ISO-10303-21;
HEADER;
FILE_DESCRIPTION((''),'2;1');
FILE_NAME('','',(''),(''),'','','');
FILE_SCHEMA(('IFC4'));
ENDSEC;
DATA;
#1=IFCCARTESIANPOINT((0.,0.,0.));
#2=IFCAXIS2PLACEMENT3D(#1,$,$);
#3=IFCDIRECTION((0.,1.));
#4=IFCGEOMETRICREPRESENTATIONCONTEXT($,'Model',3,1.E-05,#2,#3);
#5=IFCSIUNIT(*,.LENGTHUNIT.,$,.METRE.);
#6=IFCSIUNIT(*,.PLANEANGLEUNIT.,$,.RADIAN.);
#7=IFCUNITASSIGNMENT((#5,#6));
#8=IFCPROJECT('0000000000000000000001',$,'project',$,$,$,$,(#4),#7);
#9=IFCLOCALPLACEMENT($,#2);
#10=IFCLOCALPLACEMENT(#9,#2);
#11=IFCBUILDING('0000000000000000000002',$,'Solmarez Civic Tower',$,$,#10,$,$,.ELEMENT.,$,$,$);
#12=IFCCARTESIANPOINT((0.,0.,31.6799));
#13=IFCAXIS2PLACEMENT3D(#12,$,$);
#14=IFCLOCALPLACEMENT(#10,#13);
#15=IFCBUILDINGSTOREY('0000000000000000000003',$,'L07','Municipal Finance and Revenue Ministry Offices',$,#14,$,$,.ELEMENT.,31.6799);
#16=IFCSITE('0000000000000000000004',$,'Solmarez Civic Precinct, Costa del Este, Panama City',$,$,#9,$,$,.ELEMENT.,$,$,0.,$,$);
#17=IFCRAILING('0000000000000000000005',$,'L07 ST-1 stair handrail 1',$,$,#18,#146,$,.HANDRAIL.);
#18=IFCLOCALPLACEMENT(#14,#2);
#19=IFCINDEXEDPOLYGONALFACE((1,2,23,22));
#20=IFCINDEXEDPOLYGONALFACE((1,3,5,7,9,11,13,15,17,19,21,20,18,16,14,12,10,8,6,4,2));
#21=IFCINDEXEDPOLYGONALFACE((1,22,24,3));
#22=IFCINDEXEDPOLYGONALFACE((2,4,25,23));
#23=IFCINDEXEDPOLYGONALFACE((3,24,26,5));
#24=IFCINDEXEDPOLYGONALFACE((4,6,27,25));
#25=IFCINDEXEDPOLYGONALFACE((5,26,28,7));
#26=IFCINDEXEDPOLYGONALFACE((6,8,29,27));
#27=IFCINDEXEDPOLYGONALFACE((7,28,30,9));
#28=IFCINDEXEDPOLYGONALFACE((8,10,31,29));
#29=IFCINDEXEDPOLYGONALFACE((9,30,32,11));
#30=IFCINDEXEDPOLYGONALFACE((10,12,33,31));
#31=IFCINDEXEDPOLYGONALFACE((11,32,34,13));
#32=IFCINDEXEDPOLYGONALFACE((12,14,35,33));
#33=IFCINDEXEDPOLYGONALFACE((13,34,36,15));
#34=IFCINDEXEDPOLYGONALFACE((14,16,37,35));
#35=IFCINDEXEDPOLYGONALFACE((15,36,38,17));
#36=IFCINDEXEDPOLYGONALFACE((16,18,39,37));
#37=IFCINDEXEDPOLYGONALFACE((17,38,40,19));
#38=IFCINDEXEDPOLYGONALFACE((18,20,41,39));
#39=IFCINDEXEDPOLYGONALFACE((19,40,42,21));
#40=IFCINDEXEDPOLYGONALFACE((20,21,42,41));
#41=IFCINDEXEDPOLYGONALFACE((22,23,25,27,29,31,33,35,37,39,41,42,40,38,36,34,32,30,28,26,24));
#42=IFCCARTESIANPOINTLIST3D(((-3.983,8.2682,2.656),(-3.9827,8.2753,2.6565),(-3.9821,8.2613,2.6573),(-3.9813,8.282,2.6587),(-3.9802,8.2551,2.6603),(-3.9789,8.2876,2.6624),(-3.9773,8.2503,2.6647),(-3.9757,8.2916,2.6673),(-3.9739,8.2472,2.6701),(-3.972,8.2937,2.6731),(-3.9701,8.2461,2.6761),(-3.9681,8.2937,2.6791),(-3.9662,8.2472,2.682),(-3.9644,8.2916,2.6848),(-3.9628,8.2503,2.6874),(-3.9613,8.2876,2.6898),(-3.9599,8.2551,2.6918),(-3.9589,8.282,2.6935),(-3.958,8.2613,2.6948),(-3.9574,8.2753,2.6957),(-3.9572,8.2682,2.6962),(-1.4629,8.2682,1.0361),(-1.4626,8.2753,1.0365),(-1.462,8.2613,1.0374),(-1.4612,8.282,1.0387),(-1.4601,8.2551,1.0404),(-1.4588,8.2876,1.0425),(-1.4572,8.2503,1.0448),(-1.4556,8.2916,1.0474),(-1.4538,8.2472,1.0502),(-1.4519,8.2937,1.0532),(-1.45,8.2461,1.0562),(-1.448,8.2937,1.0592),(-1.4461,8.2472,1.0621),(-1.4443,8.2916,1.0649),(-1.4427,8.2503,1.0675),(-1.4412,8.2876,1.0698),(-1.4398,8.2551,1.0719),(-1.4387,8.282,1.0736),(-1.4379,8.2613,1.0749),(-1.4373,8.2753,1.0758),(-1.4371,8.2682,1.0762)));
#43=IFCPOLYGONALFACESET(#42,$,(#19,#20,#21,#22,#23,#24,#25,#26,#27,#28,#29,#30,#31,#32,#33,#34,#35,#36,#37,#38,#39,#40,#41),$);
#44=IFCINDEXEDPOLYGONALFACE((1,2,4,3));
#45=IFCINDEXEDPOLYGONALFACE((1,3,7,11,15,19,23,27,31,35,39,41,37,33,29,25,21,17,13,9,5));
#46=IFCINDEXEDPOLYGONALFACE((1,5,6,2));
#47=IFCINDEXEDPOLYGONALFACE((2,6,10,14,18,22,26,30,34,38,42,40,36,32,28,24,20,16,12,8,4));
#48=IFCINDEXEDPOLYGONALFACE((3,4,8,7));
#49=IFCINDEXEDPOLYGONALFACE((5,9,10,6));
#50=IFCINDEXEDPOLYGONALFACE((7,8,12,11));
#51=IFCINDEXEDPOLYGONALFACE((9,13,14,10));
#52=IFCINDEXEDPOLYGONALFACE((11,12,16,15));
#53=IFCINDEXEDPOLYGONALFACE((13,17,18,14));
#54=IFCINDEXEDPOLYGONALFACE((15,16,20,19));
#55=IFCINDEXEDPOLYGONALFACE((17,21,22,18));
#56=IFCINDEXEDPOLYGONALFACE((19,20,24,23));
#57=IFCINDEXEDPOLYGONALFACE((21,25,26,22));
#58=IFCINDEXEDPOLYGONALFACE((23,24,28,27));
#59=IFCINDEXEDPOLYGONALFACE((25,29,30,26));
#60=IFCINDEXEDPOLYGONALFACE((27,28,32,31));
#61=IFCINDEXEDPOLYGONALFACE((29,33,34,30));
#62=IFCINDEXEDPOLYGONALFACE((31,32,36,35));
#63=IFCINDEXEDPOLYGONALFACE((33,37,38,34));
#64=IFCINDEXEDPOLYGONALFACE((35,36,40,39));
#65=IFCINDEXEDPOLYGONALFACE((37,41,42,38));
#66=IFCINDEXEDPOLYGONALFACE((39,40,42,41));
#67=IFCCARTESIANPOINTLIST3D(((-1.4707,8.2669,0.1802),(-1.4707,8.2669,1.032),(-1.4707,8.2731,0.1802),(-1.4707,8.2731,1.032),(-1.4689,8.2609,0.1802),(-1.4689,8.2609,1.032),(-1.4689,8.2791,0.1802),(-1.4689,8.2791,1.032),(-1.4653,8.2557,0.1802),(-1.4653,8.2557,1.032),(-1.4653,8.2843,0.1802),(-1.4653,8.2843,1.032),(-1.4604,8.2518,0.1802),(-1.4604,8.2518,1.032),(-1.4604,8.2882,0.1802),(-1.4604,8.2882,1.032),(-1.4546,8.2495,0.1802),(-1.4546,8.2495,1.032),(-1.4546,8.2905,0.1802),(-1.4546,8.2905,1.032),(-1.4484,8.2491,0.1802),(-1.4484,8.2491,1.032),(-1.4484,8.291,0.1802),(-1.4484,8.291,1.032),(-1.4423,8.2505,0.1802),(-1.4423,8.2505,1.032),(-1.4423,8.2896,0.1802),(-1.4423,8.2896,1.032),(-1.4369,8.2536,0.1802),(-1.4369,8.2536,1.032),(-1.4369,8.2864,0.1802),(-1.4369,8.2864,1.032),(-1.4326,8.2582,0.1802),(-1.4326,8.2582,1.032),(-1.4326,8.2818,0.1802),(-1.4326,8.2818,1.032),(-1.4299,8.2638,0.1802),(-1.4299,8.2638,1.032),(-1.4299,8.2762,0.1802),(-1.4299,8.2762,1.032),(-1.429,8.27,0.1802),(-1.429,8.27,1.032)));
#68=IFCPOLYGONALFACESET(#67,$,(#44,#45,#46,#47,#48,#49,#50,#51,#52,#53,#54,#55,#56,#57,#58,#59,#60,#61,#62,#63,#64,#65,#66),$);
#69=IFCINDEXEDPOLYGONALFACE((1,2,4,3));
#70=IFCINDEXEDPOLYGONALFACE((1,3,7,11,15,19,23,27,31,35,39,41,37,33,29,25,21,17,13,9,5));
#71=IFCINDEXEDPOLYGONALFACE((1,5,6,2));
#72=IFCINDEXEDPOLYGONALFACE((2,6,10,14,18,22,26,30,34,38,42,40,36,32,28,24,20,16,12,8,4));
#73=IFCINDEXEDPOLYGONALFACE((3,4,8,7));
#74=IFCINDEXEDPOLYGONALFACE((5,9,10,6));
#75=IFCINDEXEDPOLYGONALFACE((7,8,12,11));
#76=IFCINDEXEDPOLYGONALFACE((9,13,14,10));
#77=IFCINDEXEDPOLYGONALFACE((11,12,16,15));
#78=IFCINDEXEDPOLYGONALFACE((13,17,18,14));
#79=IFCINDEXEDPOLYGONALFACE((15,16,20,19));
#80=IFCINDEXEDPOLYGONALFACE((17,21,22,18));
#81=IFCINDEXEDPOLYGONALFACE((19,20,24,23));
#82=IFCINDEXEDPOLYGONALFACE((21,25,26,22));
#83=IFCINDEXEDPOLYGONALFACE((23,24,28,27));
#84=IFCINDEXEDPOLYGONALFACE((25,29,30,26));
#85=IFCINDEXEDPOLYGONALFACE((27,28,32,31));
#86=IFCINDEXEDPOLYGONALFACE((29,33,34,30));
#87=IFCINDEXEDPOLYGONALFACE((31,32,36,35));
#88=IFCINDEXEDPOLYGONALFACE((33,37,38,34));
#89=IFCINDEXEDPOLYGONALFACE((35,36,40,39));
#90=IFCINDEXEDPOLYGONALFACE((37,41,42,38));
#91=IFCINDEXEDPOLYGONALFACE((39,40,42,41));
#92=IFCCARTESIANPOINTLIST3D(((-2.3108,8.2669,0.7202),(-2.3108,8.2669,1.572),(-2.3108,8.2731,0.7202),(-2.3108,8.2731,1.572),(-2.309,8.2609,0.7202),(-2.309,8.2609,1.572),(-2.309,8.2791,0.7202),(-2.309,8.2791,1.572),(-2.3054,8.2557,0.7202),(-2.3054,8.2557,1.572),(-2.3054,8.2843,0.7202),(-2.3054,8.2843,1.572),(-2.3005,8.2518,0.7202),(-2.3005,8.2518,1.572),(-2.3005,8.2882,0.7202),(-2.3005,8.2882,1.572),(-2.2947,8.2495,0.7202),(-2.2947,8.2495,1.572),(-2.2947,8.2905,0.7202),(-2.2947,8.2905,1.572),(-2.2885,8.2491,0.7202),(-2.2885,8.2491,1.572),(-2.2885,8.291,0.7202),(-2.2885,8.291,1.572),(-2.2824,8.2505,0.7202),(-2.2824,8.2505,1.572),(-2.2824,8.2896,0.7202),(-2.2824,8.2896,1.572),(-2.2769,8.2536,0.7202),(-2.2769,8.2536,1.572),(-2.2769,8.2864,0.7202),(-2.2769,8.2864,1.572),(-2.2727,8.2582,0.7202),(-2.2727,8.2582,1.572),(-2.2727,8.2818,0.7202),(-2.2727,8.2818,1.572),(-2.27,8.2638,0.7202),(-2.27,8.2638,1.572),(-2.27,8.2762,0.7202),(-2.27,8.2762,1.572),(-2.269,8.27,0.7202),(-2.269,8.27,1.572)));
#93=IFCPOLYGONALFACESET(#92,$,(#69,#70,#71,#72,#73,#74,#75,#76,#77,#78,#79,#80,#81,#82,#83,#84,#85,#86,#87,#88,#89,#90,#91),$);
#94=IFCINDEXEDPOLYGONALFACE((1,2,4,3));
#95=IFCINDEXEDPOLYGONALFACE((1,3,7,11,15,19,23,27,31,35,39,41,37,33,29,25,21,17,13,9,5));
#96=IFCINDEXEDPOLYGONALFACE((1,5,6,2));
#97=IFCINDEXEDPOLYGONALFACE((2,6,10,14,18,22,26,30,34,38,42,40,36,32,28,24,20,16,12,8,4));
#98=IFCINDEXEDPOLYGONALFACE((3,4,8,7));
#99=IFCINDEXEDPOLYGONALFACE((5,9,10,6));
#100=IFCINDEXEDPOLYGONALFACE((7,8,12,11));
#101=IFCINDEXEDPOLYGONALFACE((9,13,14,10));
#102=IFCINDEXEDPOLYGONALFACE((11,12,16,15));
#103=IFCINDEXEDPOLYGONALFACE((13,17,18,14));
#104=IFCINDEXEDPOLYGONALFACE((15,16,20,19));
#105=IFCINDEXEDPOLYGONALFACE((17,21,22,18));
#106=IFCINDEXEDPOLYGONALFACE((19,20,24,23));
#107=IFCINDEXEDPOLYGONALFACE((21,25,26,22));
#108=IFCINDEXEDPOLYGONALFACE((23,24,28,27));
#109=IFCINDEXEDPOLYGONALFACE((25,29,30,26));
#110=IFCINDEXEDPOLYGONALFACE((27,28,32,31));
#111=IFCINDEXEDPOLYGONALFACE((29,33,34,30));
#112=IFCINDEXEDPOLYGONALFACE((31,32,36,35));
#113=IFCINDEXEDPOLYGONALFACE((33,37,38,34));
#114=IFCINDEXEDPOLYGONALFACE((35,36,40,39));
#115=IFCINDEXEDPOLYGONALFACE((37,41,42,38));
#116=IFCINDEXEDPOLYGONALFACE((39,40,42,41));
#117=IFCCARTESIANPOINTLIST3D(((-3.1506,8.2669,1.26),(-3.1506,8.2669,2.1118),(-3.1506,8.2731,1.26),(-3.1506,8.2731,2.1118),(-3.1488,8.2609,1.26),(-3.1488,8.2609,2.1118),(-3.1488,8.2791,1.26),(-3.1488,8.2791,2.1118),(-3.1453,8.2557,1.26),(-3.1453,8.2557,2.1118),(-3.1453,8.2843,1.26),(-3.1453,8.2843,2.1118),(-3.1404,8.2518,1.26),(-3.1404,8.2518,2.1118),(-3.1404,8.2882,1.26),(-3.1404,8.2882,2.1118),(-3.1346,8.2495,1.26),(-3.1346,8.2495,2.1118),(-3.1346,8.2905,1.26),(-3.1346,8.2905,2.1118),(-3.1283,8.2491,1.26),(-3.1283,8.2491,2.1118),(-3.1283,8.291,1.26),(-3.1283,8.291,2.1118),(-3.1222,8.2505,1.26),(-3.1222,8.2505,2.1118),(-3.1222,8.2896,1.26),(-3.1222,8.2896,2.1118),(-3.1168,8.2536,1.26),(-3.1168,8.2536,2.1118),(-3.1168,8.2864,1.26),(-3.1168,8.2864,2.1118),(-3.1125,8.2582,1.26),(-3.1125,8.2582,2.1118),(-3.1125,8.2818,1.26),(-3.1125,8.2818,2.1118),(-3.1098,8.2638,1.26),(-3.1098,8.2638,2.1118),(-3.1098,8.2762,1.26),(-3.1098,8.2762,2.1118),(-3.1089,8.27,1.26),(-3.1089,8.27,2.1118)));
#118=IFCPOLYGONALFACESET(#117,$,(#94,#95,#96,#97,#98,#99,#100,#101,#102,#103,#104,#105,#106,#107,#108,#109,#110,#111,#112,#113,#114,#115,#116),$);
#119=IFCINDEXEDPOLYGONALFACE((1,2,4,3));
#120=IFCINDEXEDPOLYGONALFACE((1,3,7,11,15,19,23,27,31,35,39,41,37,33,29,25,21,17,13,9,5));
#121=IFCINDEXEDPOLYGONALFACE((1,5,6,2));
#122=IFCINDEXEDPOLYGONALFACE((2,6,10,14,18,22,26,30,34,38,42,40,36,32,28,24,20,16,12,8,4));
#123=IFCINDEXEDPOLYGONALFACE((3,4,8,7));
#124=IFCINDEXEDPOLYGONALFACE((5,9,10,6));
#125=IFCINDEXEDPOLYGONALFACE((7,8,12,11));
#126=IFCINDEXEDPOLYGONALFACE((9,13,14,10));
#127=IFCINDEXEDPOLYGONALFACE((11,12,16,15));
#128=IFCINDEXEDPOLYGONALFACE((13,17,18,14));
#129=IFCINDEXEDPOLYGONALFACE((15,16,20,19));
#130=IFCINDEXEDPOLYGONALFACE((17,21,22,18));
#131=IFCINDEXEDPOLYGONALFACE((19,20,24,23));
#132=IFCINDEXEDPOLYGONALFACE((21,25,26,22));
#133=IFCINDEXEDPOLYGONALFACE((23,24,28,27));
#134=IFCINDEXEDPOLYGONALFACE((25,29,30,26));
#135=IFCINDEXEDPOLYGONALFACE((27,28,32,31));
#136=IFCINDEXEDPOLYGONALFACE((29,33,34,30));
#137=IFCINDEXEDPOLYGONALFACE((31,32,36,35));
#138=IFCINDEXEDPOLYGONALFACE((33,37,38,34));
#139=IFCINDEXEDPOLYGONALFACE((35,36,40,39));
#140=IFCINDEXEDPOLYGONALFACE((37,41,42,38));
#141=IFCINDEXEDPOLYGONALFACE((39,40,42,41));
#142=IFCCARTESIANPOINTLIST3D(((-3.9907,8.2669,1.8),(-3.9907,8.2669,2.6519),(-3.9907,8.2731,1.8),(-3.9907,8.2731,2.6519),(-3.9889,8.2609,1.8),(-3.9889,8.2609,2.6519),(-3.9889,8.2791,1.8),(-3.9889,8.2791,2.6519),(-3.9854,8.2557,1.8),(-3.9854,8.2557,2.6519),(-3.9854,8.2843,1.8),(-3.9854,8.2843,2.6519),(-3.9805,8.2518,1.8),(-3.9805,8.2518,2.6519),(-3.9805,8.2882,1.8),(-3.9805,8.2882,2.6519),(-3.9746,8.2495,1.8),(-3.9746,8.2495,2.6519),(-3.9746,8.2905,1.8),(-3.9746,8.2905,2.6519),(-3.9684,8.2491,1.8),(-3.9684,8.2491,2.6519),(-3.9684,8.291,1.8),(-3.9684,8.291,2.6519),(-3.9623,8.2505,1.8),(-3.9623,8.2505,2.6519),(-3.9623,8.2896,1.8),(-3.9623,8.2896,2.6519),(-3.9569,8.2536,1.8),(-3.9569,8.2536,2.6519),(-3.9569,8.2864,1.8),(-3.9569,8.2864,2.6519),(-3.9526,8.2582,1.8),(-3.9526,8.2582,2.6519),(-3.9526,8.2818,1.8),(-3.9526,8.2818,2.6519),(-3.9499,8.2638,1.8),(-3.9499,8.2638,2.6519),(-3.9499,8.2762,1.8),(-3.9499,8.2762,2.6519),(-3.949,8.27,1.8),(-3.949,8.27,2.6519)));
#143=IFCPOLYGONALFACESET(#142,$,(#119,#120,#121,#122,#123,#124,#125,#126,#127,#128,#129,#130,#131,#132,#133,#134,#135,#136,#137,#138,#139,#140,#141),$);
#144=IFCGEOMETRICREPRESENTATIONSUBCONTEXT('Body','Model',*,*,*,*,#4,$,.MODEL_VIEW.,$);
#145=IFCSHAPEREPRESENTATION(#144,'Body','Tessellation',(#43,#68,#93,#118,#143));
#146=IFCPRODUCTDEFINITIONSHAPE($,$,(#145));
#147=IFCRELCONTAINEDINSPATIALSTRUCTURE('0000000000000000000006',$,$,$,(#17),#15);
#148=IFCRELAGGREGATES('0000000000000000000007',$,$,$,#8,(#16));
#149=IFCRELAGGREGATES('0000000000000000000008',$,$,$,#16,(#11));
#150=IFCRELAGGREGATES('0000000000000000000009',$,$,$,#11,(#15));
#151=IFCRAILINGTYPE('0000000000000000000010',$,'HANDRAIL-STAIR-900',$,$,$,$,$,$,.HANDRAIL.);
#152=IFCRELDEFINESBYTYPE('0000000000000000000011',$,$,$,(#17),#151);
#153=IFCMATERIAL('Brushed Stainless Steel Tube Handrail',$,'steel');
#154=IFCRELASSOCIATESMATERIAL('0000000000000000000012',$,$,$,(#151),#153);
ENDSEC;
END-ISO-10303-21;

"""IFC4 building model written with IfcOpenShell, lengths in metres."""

from ifc_helpers import new_model, si_unit, direction, frame, origin, origin_2d, place, context, subcontext, project, spatial, circle, extrude, material, type_object, element, save


model = new_model("IFC4")

# Units and contexts
model_context = context("Model", 3, precision=1e-05, world=origin(), true_north=direction((0.0, 1.0)))
body_context = subcontext(model_context, "Body", "Model", "MODEL_VIEW")
ifc_project = project(units=[si_unit("LENGTHUNIT", "METRE"), si_unit("PLANEANGLEUNIT", "RADIAN")], contexts=[model_context])

# Site, building, storey
site_placement = place(None, origin())
site = spatial("IfcSite", under=ifc_project, at=site_placement, Name="Solmarez Civic Precinct, Costa del Este, Panama City", CompositionType="ELEMENT", RefElevation=0.0)
building_placement = place(site_placement, origin())
building = spatial("IfcBuilding", under=site, at=building_placement, Name="Solmarez Civic Tower", CompositionType="ELEMENT")
storey_placement = place(building_placement, frame((0.0, 0.0, 31.6799)))
storey = spatial("IfcBuildingStorey", under=building, at=storey_placement, Name="L07", Description="Municipal Finance and Revenue Ministry Offices", CompositionType="ELEMENT", Elevation=31.6799)

# Railing
ifc_material_1 = material(Name="Brushed Stainless Steel Tube Handrail", Category="steel")
railing_type_1 = type_object("IfcRailingType", Name="HANDRAIL-STAIR-900", PredefinedType="HANDRAIL", material=ifc_material_1)
railing_1_placement = place(storey_placement, frame((-1.45, 8.27, 0.1802)))
element("IfcRailing", 1, at=railing_1_placement, inside=storey, type_object=railing_type_1, Name="L07 ST-1 stair handrail 1", PredefinedType="HANDRAIL", context=body_context, shape_type="SweptSolid", body=[
    extrude(circle(Radius=0.0239, at=origin_2d()), frame((0.0, 0.0, 0.876), z_axis=(-0.8412, 0.0, 0.540725), x_axis=(0.0, -1.0, 0.0)), (0.0, 0.0, 1.0), 2.9958),
    extrude(circle(Radius=0.021, at=origin_2d()), origin(), (0.0, 0.0, 1.0), 0.8518),
    extrude(circle(Radius=0.021, at=origin_2d()), frame((-0.8401, 0.0, 0.54)), (0.0, 0.0, 1.0), 0.8518),
    extrude(circle(Radius=0.021, at=origin_2d()), frame((-1.6799, 0.0, 1.0798)), (0.0, 0.0, 1.0), 0.8518),
    extrude(circle(Radius=0.021, at=origin_2d()), frame((-2.52, 0.0, 1.6199)), (0.0, 0.0, 1.0), 0.8518),
])

save(model, "model.ifc")
